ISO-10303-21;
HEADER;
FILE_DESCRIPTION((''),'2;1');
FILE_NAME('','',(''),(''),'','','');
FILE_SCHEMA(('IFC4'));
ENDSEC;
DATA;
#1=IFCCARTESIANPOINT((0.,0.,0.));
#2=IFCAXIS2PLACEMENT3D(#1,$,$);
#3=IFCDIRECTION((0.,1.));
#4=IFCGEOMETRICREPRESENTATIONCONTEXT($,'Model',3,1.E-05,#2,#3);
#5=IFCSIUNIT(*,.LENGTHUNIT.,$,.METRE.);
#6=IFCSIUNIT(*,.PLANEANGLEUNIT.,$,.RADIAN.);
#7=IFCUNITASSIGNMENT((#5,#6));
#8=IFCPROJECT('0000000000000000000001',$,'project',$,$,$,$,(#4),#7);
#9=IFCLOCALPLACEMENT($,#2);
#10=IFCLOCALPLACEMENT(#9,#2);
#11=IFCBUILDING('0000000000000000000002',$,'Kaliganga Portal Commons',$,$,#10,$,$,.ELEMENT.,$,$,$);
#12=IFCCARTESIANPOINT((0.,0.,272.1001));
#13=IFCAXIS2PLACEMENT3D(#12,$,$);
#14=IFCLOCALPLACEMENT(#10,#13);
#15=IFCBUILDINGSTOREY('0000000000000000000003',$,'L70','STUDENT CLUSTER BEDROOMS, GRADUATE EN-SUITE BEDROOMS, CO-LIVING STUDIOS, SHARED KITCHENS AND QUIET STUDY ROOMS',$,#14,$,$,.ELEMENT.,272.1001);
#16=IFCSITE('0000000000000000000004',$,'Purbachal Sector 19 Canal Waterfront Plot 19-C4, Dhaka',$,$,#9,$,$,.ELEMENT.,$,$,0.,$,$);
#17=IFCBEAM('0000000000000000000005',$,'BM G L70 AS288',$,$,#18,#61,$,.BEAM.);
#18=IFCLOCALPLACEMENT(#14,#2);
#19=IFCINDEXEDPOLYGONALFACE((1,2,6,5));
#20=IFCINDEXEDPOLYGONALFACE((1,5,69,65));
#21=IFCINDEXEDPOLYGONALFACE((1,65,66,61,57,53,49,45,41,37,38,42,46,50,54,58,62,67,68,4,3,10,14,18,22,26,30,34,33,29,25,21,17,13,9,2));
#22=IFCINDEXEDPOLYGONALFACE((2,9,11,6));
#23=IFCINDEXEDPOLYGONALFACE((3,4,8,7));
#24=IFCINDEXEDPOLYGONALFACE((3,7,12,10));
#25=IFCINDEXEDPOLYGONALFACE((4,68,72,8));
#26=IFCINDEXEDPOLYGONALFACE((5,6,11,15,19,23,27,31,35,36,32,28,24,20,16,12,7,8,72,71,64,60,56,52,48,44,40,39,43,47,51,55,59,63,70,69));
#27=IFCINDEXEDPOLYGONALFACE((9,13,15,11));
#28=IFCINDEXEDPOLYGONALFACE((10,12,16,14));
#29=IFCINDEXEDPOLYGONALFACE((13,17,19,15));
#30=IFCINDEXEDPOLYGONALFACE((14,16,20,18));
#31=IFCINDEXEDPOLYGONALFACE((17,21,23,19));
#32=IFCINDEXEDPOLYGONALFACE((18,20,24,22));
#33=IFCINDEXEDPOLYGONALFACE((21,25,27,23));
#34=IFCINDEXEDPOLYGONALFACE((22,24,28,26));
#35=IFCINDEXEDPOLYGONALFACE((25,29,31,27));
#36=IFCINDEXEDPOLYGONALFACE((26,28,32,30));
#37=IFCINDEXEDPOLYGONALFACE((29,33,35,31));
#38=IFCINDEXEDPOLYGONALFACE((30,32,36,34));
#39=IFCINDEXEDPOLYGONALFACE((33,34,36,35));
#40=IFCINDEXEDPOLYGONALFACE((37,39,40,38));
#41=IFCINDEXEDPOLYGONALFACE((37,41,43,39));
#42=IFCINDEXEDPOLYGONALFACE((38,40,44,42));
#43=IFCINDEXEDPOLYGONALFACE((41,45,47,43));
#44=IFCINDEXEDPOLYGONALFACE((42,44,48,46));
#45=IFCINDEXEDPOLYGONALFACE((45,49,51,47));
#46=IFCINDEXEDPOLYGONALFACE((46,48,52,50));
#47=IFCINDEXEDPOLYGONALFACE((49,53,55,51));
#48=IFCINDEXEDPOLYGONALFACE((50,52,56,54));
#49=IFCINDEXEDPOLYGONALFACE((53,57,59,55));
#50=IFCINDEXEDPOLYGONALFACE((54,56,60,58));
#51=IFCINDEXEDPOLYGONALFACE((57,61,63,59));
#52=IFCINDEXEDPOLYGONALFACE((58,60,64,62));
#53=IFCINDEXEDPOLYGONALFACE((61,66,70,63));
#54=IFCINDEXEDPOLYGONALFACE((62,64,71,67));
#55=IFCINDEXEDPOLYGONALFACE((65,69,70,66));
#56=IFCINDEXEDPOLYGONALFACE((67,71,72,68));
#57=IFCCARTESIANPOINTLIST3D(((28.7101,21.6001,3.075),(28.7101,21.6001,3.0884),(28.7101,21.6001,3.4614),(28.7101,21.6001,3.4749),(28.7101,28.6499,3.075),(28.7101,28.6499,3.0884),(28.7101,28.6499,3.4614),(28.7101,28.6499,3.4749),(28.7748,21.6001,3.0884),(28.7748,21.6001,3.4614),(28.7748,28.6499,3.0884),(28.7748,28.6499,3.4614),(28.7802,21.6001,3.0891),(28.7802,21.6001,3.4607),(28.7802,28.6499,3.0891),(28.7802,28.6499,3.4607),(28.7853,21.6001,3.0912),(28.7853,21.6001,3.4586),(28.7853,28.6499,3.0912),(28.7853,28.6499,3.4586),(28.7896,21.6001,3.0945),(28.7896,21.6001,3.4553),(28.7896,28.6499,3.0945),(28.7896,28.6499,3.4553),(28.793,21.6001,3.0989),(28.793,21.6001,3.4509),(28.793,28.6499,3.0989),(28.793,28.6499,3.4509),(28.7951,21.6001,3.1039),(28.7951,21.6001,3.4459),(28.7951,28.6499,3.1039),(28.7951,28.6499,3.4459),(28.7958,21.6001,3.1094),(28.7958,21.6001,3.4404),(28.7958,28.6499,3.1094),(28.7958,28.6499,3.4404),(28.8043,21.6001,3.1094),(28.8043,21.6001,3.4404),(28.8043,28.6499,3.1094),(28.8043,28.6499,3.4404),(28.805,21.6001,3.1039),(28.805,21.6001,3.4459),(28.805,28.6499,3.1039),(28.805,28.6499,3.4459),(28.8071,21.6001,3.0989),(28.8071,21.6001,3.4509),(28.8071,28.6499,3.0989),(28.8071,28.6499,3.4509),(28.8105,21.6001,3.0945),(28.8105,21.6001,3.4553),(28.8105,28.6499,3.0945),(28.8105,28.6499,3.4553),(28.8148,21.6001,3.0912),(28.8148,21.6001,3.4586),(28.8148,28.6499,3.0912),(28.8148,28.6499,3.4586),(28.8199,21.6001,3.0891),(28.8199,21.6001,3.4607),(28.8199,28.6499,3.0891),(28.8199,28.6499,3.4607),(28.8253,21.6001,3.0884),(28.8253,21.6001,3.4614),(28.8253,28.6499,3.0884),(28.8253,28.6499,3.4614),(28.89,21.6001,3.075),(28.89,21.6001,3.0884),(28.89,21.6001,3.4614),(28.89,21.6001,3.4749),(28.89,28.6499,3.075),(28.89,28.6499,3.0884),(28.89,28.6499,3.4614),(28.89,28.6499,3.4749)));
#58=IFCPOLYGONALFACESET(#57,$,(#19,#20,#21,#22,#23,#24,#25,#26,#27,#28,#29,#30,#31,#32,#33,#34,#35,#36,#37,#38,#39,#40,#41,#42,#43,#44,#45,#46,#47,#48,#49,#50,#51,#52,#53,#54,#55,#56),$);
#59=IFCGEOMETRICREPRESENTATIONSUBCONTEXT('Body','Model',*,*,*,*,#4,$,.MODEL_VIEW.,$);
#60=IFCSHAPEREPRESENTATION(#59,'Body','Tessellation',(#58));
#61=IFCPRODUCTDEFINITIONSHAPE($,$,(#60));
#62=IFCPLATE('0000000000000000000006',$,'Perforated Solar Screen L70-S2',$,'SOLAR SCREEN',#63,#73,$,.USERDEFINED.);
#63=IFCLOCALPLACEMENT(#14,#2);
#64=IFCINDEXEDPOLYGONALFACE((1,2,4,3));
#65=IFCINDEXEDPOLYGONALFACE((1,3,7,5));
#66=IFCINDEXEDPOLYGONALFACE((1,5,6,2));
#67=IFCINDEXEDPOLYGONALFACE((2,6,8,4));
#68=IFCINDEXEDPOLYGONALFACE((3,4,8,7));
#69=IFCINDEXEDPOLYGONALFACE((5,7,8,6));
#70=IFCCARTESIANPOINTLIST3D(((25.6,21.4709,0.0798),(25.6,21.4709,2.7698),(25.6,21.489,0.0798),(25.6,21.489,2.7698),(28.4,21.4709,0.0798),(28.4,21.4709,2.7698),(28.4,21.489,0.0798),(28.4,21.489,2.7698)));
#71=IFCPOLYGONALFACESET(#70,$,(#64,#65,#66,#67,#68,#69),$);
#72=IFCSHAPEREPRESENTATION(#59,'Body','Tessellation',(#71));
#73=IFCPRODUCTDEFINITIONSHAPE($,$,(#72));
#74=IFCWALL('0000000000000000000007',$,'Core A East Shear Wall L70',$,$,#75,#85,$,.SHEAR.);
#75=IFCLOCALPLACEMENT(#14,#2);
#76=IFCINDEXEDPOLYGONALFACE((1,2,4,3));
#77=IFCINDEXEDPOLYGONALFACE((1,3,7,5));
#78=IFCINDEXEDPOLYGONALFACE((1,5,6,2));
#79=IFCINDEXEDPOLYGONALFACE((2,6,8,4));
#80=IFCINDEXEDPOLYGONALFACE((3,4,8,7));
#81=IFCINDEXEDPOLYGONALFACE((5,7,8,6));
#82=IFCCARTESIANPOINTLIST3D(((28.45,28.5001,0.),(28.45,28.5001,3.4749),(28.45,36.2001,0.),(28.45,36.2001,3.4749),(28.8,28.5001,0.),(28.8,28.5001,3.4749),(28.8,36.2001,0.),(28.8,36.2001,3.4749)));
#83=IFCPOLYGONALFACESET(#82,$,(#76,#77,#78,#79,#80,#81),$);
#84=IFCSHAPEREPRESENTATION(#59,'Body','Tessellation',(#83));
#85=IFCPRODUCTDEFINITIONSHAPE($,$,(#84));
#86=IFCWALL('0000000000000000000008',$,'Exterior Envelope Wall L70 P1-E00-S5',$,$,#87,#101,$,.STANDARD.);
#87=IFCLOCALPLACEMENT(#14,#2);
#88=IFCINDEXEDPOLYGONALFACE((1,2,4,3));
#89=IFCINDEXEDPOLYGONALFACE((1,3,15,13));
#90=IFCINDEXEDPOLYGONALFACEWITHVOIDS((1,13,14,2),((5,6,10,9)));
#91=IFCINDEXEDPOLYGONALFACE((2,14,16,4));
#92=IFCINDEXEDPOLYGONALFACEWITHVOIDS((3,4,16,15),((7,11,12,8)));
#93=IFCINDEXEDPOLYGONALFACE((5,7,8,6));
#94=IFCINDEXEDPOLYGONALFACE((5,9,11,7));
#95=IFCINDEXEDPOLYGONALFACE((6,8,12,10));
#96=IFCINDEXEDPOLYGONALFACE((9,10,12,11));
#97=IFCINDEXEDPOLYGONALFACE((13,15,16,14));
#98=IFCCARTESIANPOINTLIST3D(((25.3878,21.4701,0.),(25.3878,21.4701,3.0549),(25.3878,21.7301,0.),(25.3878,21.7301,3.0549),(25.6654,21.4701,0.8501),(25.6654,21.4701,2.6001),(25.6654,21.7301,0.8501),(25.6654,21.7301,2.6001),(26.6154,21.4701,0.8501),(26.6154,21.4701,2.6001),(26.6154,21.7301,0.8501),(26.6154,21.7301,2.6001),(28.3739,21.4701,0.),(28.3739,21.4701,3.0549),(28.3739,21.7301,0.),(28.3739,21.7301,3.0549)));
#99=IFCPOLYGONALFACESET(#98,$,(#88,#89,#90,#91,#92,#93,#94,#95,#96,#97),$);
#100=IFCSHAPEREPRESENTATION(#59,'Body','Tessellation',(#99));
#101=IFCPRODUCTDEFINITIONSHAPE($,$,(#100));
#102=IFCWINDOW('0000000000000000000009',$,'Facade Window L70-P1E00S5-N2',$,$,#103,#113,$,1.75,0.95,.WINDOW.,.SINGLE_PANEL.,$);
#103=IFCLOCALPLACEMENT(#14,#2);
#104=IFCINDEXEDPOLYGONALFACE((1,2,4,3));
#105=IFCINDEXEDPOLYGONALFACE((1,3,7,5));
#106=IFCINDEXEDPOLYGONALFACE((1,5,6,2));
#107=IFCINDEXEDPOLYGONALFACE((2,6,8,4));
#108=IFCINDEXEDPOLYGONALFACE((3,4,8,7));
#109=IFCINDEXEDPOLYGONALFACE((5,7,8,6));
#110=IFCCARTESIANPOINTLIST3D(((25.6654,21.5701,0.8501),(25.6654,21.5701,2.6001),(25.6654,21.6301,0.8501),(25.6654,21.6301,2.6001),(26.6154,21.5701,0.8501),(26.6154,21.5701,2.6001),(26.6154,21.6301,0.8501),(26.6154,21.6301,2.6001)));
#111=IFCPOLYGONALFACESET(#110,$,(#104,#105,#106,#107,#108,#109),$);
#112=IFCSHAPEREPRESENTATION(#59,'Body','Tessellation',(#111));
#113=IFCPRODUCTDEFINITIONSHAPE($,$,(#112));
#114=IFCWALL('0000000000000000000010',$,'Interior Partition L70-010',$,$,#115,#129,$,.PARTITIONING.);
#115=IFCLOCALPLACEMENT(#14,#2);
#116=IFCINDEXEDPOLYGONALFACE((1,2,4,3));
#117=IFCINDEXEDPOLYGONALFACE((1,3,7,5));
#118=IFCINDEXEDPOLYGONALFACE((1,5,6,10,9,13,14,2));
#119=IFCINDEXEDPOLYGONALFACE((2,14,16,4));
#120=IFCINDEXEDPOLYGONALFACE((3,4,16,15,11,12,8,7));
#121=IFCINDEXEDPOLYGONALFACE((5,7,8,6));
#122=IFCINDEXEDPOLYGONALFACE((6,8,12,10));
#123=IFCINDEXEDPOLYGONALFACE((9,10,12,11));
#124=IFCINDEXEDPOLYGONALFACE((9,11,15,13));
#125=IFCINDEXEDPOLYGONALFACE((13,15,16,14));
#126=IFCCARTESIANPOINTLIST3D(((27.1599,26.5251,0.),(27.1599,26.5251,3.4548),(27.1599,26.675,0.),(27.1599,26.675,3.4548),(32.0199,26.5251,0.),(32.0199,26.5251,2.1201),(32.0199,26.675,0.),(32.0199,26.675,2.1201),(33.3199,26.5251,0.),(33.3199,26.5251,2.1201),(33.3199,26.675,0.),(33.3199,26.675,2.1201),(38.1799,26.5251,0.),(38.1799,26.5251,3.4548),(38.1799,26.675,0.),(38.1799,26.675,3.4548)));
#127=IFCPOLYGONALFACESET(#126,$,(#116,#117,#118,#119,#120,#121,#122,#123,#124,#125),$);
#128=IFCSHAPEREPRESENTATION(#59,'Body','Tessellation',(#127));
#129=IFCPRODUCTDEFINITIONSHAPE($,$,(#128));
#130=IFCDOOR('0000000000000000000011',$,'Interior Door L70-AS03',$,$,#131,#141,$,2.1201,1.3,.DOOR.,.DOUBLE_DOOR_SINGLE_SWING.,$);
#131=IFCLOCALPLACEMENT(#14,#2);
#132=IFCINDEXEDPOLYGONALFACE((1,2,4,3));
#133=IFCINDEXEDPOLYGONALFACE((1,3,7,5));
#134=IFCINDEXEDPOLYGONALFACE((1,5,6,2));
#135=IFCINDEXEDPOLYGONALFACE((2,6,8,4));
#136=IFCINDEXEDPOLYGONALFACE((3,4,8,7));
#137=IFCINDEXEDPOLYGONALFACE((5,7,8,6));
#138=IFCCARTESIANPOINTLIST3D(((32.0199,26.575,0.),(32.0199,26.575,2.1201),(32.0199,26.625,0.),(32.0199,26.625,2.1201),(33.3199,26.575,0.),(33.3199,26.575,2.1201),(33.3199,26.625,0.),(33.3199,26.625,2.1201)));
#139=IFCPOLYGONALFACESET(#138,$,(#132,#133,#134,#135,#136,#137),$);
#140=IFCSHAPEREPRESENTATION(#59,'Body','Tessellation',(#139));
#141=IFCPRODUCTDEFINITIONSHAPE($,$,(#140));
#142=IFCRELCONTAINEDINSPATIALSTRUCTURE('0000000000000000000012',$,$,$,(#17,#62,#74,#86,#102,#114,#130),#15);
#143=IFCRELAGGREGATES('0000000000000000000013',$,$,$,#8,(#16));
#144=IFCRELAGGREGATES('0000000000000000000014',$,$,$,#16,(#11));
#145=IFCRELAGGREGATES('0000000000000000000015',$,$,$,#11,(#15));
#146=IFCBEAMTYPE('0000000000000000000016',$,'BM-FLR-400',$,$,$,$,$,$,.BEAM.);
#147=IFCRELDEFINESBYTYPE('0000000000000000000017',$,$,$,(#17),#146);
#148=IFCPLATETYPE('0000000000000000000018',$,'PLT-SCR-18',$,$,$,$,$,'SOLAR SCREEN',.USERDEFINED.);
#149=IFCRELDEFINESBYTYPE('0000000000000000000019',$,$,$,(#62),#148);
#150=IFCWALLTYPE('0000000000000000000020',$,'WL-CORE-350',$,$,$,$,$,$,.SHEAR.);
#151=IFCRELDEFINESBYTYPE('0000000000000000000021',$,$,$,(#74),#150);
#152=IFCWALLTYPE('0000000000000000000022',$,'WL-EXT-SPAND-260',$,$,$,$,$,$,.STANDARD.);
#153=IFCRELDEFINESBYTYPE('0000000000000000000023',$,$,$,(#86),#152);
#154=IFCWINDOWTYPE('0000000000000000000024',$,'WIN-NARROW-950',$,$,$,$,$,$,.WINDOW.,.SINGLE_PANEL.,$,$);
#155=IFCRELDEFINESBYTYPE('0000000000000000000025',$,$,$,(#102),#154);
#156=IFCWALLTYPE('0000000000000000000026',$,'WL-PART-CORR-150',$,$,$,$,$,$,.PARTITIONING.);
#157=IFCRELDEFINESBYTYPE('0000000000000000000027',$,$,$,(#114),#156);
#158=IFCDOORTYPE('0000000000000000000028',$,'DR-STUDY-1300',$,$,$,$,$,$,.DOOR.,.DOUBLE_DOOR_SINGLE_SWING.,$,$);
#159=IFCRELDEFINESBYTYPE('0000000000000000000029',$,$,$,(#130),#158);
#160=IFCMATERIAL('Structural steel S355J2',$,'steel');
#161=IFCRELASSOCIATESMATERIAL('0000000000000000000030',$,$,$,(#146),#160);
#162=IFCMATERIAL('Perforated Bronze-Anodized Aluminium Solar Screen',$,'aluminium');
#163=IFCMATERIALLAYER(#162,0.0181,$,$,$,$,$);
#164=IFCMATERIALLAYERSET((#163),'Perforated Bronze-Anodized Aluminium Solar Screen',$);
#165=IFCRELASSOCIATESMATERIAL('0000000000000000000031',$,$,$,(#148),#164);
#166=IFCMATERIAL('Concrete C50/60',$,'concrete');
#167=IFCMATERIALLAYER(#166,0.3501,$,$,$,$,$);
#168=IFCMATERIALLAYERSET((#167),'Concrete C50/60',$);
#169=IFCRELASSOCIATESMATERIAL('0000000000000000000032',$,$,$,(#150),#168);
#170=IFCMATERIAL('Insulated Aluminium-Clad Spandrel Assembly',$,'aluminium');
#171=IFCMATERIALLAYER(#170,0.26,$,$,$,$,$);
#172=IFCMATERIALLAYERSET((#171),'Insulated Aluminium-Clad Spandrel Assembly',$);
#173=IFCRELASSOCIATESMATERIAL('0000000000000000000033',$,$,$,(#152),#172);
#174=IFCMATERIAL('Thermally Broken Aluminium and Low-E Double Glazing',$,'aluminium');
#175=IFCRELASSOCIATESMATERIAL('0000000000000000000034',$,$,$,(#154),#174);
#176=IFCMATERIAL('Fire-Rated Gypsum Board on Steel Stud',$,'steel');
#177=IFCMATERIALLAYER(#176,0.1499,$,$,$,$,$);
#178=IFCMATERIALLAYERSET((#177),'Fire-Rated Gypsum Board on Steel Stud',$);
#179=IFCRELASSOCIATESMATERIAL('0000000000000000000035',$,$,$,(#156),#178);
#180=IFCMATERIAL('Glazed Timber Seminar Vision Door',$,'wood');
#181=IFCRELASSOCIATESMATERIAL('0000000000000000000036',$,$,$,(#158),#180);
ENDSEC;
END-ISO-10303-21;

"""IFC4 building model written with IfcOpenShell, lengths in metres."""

from ifc_helpers import new_model, si_unit, direction, frame, frame_2d, origin, origin_2d, place, context, subcontext, project, spatial, rectangle, i_section, extrude, source, transform, mapped, material, layer, layer_set, material_profile, profile_set, type_object, element, fill, save


model = new_model("IFC4")

# Units and contexts
model_context = context("Model", 3, precision=1e-05, world=origin(), true_north=direction((0.0, 1.0)))
body_context = subcontext(model_context, "Body", "Model", "MODEL_VIEW")
ifc_project = project(units=[si_unit("LENGTHUNIT", "METRE"), si_unit("PLANEANGLEUNIT", "RADIAN")], contexts=[model_context])

# Site, building, storey
site_placement = place(None, origin())
site = spatial("IfcSite", under=ifc_project, at=site_placement, Name="Purbachal Sector 19 Canal Waterfront Plot 19-C4, Dhaka", CompositionType="ELEMENT", RefElevation=0.0)
building_placement = place(site_placement, origin())
building = spatial("IfcBuilding", under=site, at=building_placement, Name="Kaliganga Portal Commons", CompositionType="ELEMENT")
storey_placement = place(building_placement, frame((0.0, 0.0, 272.1001)))
storey = spatial("IfcBuildingStorey", under=building, at=storey_placement, Name="L70", Description="STUDENT CLUSTER BEDROOMS, GRADUATE EN-SUITE BEDROOMS, CO-LIVING STUDIOS, SHARED KITCHENS AND QUIET STUDY ROOMS", CompositionType="ELEMENT", Elevation=272.1001)

# Shared definitions
ifc_material_1 = material(Name="Concrete C50/60", Category="concrete")

# Beam
ifc_material_2 = material(Name="Structural steel S355J2", Category="steel")
ifc_material_profile_1 = material_profile(ifc_material_2, i_section(OverallWidth=0.1799, OverallDepth=0.3999, WebThickness=0.0085, FlangeThickness=0.0134, FilletRadius=0.021, at=origin_2d()), Name="IPE 400")
ifc_profile_set_1 = profile_set([ifc_material_profile_1], Name="Structural steel S355J2 wide-flange")
beam_type_1 = type_object("IfcBeamType", Name="BM-FLR-400", PredefinedType="BEAM", material=ifc_profile_set_1)
shared_shape_1 = source(origin(), body_context, "Body", "SweptSolid", [
    extrude(i_section(OverallWidth=0.1799, OverallDepth=0.3999, WebThickness=0.0085, FlangeThickness=0.0134, FilletRadius=0.021, at=origin_2d()), origin(), (0.0, 0.0, 1.0), 7.0498),
])
beam_1_placement = place(storey_placement, frame((28.8, 21.6001, 3.2749), z_axis=(0.0, 1.0, 0.0), x_axis=(-1.0, 0.0, 0.0)))
element("IfcBeam", 1, at=beam_1_placement, inside=storey, type_object=beam_type_1, Name="BM G L70 AS288", PredefinedType="BEAM", context=body_context, shape_type="MappedRepresentation", body=[
    mapped(shared_shape_1, transform((0.0, 0.0, 0.0), x_axis=(1.0, 0.0, 0.0), y_axis=(0.0, 1.0, 0.0), z_axis=(0.0, 0.0, 1.0), scale=1.0)),
])

# Plate
ifc_material_3 = material(Name="Perforated Bronze-Anodized Aluminium Solar Screen", Category="aluminium")
ifc_layer_1 = layer(ifc_material_3, 0.0181)
ifc_layer_set_1 = layer_set([ifc_layer_1], Name="Perforated Bronze-Anodized Aluminium Solar Screen")
plate_type = type_object("IfcPlateType", Name="PLT-SCR-18", ElementType="SOLAR SCREEN", PredefinedType="USERDEFINED", material=ifc_layer_set_1)
shared_shape_2 = source(origin(), body_context, "Body", "SweptSolid", [
    extrude(rectangle(XDim=2.8, YDim=0.0181, at=origin_2d()), origin(), (0.0, 0.0, 1.0), 2.6899),
])
plate_placement = place(storey_placement, frame((27.0, 21.48, 0.0798), z_axis=(0.0, 0.0, 1.0), x_axis=(1.0, 0.0, 0.0)))
element("IfcPlate", 2, at=plate_placement, inside=storey, type_object=plate_type, Name="Perforated Solar Screen L70-S2", ObjectType="SOLAR SCREEN", PredefinedType="USERDEFINED", context=body_context, shape_type="MappedRepresentation", body=[
    mapped(shared_shape_2, transform((0.0, 0.0, 0.0), x_axis=(1.0, 0.0, 0.0), y_axis=(0.0, 1.0, 0.0), z_axis=(0.0, 0.0, 1.0), scale=1.0)),
])

# Wall
ifc_layer_2 = layer(ifc_material_1, 0.3501)
ifc_layer_set_2 = layer_set([ifc_layer_2], Name="Concrete C50/60")
wall_type_1 = type_object("IfcWallType", Name="WL-CORE-350", PredefinedType="SHEAR", material=ifc_layer_set_2)
wall_1_placement = place(storey_placement, frame((28.625, 28.5, 0.0), z_axis=(0.0, 0.0, 1.0), x_axis=(0.0, 1.0, 0.0)))
element("IfcWall", 3, at=wall_1_placement, inside=storey, type_object=wall_type_1, Name="Core A East Shear Wall L70", PredefinedType="SHEAR", context=body_context, shape_type="SweptSolid", body=[
    extrude(rectangle(XDim=7.7, YDim=0.3501, at=frame_2d((3.8501, 0.0))), origin(), (0.0, 0.0, 1.0), 3.4749),
])

# Wall, opening, window
ifc_material_4 = material(Name="Insulated Aluminium-Clad Spandrel Assembly", Category="aluminium")
ifc_layer_3 = layer(ifc_material_4, 0.26)
ifc_layer_set_3 = layer_set([ifc_layer_3], Name="Insulated Aluminium-Clad Spandrel Assembly")
wall_type_2 = type_object("IfcWallType", Name="WL-EXT-SPAND-260", PredefinedType="STANDARD", material=ifc_layer_set_3)
wall_2_placement = place(storey_placement, frame((28.374, 21.6001, 0.0), z_axis=(0.0, 0.0, 1.0), x_axis=(-1.0, 0.0, 0.0)))
wall_2 = element("IfcWall", 4, at=wall_2_placement, inside=storey, type_object=wall_type_2, Name="Exterior Envelope Wall L70 P1-E00-S5", PredefinedType="STANDARD", context=body_context, shape_type="SweptSolid", body=[
    extrude(rectangle(XDim=2.9861, YDim=0.26, at=frame_2d((1.4932, 0.0))), origin(), (0.0, 0.0, 1.0), 3.0549),
])
opening_1_placement = place(wall_2_placement, frame((1.7585, 0.0, 0.8501)))
opening_1 = element("IfcOpeningElement", 5, at=opening_1_placement, cuts=wall_2, PredefinedType="OPENING", context=body_context, shape_type="SweptSolid", body=[
    extrude(rectangle(XDim=0.95, YDim=1.75, at=frame_2d((0.4751, 0.875))), frame((0.0, 0.1401, 0.0), z_axis=(0.0, -1.0, 0.0), x_axis=(1.0, 0.0, 0.0)), (0.0, 0.0, 1.0), 0.28),
])
ifc_material_5 = material(Name="Thermally Broken Aluminium and Low-E Double Glazing", Category="aluminium")
window_type = type_object("IfcWindowType", Name="WIN-NARROW-950", PartitioningType="SINGLE_PANEL", PredefinedType="WINDOW", material=ifc_material_5)
window_placement = place(opening_1_placement, origin())
window = element("IfcWindow", 6, at=window_placement, inside=storey, type_object=window_type, Name="Facade Window L70-P1E00S5-N2", OverallHeight=1.75, OverallWidth=0.95, PartitioningType="SINGLE_PANEL", PredefinedType="WINDOW", context=body_context, shape_type="SweptSolid", body=[
    extrude(rectangle(XDim=0.95, YDim=1.75, at=frame_2d((0.4751, 0.875))), frame((0.0, 0.03, 0.0), z_axis=(0.0, -1.0, 0.0), x_axis=(1.0, 0.0, 0.0)), (0.0, 0.0, 1.0), 0.0601),
])
fill(opening_1, window)

# Wall, opening, door
ifc_material_6 = material(Name="Fire-Rated Gypsum Board on Steel Stud", Category="steel")
ifc_layer_4 = layer(ifc_material_6, 0.1499)
ifc_layer_set_4 = layer_set([ifc_layer_4], Name="Fire-Rated Gypsum Board on Steel Stud")
wall_type_3 = type_object("IfcWallType", Name="WL-PART-CORR-150", PredefinedType="PARTITIONING", material=ifc_layer_set_4)
wall_3_placement = place(storey_placement, frame((27.1599, 26.6001, 0.0), z_axis=(0.0, 0.0, 1.0), x_axis=(1.0, 0.0, 0.0)))
wall_3 = element("IfcWall", 7, at=wall_3_placement, inside=storey, type_object=wall_type_3, Name="Interior Partition L70-010", PredefinedType="PARTITIONING", context=body_context, shape_type="SweptSolid", body=[
    extrude(rectangle(XDim=11.02, YDim=0.1499, at=frame_2d((5.51, 0.0))), origin(), (0.0, 0.0, 1.0), 3.4548),
])
opening_2_placement = place(wall_3_placement, frame((4.8601, 0.0, 0.0)))
opening_2 = element("IfcOpeningElement", 8, at=opening_2_placement, cuts=wall_3, PredefinedType="OPENING", context=body_context, shape_type="SweptSolid", body=[
    extrude(rectangle(XDim=1.3, YDim=2.1201, at=frame_2d((0.6499, 1.0601))), frame((0.0, 0.085, 0.0), z_axis=(0.0, -1.0, 0.0), x_axis=(1.0, 0.0, 0.0)), (0.0, 0.0, 1.0), 0.1699),
])
ifc_material_7 = material(Name="Glazed Timber Seminar Vision Door", Category="wood")
door_type_1 = type_object("IfcDoorType", Name="DR-STUDY-1300", OperationType="DOUBLE_DOOR_SINGLE_SWING", PredefinedType="DOOR", material=ifc_material_7)
door_1_placement = place(opening_2_placement, origin())
door_1 = element("IfcDoor", 9, at=door_1_placement, inside=storey, type_object=door_type_1, Name="Interior Door L70-AS03", OperationType="DOUBLE_DOOR_SINGLE_SWING", OverallHeight=2.1201, OverallWidth=1.3, PredefinedType="DOOR", context=body_context, shape_type="SweptSolid", body=[
    extrude(rectangle(XDim=1.3, YDim=2.1201, at=frame_2d((0.6499, 1.0601))), frame((0.0, 0.0249, 0.0), z_axis=(0.0, -1.0, 0.0), x_axis=(1.0, 0.0, 0.0)), (0.0, 0.0, 1.0), 0.05),
])
fill(opening_2, door_1)

save(model, "model.ifc")
